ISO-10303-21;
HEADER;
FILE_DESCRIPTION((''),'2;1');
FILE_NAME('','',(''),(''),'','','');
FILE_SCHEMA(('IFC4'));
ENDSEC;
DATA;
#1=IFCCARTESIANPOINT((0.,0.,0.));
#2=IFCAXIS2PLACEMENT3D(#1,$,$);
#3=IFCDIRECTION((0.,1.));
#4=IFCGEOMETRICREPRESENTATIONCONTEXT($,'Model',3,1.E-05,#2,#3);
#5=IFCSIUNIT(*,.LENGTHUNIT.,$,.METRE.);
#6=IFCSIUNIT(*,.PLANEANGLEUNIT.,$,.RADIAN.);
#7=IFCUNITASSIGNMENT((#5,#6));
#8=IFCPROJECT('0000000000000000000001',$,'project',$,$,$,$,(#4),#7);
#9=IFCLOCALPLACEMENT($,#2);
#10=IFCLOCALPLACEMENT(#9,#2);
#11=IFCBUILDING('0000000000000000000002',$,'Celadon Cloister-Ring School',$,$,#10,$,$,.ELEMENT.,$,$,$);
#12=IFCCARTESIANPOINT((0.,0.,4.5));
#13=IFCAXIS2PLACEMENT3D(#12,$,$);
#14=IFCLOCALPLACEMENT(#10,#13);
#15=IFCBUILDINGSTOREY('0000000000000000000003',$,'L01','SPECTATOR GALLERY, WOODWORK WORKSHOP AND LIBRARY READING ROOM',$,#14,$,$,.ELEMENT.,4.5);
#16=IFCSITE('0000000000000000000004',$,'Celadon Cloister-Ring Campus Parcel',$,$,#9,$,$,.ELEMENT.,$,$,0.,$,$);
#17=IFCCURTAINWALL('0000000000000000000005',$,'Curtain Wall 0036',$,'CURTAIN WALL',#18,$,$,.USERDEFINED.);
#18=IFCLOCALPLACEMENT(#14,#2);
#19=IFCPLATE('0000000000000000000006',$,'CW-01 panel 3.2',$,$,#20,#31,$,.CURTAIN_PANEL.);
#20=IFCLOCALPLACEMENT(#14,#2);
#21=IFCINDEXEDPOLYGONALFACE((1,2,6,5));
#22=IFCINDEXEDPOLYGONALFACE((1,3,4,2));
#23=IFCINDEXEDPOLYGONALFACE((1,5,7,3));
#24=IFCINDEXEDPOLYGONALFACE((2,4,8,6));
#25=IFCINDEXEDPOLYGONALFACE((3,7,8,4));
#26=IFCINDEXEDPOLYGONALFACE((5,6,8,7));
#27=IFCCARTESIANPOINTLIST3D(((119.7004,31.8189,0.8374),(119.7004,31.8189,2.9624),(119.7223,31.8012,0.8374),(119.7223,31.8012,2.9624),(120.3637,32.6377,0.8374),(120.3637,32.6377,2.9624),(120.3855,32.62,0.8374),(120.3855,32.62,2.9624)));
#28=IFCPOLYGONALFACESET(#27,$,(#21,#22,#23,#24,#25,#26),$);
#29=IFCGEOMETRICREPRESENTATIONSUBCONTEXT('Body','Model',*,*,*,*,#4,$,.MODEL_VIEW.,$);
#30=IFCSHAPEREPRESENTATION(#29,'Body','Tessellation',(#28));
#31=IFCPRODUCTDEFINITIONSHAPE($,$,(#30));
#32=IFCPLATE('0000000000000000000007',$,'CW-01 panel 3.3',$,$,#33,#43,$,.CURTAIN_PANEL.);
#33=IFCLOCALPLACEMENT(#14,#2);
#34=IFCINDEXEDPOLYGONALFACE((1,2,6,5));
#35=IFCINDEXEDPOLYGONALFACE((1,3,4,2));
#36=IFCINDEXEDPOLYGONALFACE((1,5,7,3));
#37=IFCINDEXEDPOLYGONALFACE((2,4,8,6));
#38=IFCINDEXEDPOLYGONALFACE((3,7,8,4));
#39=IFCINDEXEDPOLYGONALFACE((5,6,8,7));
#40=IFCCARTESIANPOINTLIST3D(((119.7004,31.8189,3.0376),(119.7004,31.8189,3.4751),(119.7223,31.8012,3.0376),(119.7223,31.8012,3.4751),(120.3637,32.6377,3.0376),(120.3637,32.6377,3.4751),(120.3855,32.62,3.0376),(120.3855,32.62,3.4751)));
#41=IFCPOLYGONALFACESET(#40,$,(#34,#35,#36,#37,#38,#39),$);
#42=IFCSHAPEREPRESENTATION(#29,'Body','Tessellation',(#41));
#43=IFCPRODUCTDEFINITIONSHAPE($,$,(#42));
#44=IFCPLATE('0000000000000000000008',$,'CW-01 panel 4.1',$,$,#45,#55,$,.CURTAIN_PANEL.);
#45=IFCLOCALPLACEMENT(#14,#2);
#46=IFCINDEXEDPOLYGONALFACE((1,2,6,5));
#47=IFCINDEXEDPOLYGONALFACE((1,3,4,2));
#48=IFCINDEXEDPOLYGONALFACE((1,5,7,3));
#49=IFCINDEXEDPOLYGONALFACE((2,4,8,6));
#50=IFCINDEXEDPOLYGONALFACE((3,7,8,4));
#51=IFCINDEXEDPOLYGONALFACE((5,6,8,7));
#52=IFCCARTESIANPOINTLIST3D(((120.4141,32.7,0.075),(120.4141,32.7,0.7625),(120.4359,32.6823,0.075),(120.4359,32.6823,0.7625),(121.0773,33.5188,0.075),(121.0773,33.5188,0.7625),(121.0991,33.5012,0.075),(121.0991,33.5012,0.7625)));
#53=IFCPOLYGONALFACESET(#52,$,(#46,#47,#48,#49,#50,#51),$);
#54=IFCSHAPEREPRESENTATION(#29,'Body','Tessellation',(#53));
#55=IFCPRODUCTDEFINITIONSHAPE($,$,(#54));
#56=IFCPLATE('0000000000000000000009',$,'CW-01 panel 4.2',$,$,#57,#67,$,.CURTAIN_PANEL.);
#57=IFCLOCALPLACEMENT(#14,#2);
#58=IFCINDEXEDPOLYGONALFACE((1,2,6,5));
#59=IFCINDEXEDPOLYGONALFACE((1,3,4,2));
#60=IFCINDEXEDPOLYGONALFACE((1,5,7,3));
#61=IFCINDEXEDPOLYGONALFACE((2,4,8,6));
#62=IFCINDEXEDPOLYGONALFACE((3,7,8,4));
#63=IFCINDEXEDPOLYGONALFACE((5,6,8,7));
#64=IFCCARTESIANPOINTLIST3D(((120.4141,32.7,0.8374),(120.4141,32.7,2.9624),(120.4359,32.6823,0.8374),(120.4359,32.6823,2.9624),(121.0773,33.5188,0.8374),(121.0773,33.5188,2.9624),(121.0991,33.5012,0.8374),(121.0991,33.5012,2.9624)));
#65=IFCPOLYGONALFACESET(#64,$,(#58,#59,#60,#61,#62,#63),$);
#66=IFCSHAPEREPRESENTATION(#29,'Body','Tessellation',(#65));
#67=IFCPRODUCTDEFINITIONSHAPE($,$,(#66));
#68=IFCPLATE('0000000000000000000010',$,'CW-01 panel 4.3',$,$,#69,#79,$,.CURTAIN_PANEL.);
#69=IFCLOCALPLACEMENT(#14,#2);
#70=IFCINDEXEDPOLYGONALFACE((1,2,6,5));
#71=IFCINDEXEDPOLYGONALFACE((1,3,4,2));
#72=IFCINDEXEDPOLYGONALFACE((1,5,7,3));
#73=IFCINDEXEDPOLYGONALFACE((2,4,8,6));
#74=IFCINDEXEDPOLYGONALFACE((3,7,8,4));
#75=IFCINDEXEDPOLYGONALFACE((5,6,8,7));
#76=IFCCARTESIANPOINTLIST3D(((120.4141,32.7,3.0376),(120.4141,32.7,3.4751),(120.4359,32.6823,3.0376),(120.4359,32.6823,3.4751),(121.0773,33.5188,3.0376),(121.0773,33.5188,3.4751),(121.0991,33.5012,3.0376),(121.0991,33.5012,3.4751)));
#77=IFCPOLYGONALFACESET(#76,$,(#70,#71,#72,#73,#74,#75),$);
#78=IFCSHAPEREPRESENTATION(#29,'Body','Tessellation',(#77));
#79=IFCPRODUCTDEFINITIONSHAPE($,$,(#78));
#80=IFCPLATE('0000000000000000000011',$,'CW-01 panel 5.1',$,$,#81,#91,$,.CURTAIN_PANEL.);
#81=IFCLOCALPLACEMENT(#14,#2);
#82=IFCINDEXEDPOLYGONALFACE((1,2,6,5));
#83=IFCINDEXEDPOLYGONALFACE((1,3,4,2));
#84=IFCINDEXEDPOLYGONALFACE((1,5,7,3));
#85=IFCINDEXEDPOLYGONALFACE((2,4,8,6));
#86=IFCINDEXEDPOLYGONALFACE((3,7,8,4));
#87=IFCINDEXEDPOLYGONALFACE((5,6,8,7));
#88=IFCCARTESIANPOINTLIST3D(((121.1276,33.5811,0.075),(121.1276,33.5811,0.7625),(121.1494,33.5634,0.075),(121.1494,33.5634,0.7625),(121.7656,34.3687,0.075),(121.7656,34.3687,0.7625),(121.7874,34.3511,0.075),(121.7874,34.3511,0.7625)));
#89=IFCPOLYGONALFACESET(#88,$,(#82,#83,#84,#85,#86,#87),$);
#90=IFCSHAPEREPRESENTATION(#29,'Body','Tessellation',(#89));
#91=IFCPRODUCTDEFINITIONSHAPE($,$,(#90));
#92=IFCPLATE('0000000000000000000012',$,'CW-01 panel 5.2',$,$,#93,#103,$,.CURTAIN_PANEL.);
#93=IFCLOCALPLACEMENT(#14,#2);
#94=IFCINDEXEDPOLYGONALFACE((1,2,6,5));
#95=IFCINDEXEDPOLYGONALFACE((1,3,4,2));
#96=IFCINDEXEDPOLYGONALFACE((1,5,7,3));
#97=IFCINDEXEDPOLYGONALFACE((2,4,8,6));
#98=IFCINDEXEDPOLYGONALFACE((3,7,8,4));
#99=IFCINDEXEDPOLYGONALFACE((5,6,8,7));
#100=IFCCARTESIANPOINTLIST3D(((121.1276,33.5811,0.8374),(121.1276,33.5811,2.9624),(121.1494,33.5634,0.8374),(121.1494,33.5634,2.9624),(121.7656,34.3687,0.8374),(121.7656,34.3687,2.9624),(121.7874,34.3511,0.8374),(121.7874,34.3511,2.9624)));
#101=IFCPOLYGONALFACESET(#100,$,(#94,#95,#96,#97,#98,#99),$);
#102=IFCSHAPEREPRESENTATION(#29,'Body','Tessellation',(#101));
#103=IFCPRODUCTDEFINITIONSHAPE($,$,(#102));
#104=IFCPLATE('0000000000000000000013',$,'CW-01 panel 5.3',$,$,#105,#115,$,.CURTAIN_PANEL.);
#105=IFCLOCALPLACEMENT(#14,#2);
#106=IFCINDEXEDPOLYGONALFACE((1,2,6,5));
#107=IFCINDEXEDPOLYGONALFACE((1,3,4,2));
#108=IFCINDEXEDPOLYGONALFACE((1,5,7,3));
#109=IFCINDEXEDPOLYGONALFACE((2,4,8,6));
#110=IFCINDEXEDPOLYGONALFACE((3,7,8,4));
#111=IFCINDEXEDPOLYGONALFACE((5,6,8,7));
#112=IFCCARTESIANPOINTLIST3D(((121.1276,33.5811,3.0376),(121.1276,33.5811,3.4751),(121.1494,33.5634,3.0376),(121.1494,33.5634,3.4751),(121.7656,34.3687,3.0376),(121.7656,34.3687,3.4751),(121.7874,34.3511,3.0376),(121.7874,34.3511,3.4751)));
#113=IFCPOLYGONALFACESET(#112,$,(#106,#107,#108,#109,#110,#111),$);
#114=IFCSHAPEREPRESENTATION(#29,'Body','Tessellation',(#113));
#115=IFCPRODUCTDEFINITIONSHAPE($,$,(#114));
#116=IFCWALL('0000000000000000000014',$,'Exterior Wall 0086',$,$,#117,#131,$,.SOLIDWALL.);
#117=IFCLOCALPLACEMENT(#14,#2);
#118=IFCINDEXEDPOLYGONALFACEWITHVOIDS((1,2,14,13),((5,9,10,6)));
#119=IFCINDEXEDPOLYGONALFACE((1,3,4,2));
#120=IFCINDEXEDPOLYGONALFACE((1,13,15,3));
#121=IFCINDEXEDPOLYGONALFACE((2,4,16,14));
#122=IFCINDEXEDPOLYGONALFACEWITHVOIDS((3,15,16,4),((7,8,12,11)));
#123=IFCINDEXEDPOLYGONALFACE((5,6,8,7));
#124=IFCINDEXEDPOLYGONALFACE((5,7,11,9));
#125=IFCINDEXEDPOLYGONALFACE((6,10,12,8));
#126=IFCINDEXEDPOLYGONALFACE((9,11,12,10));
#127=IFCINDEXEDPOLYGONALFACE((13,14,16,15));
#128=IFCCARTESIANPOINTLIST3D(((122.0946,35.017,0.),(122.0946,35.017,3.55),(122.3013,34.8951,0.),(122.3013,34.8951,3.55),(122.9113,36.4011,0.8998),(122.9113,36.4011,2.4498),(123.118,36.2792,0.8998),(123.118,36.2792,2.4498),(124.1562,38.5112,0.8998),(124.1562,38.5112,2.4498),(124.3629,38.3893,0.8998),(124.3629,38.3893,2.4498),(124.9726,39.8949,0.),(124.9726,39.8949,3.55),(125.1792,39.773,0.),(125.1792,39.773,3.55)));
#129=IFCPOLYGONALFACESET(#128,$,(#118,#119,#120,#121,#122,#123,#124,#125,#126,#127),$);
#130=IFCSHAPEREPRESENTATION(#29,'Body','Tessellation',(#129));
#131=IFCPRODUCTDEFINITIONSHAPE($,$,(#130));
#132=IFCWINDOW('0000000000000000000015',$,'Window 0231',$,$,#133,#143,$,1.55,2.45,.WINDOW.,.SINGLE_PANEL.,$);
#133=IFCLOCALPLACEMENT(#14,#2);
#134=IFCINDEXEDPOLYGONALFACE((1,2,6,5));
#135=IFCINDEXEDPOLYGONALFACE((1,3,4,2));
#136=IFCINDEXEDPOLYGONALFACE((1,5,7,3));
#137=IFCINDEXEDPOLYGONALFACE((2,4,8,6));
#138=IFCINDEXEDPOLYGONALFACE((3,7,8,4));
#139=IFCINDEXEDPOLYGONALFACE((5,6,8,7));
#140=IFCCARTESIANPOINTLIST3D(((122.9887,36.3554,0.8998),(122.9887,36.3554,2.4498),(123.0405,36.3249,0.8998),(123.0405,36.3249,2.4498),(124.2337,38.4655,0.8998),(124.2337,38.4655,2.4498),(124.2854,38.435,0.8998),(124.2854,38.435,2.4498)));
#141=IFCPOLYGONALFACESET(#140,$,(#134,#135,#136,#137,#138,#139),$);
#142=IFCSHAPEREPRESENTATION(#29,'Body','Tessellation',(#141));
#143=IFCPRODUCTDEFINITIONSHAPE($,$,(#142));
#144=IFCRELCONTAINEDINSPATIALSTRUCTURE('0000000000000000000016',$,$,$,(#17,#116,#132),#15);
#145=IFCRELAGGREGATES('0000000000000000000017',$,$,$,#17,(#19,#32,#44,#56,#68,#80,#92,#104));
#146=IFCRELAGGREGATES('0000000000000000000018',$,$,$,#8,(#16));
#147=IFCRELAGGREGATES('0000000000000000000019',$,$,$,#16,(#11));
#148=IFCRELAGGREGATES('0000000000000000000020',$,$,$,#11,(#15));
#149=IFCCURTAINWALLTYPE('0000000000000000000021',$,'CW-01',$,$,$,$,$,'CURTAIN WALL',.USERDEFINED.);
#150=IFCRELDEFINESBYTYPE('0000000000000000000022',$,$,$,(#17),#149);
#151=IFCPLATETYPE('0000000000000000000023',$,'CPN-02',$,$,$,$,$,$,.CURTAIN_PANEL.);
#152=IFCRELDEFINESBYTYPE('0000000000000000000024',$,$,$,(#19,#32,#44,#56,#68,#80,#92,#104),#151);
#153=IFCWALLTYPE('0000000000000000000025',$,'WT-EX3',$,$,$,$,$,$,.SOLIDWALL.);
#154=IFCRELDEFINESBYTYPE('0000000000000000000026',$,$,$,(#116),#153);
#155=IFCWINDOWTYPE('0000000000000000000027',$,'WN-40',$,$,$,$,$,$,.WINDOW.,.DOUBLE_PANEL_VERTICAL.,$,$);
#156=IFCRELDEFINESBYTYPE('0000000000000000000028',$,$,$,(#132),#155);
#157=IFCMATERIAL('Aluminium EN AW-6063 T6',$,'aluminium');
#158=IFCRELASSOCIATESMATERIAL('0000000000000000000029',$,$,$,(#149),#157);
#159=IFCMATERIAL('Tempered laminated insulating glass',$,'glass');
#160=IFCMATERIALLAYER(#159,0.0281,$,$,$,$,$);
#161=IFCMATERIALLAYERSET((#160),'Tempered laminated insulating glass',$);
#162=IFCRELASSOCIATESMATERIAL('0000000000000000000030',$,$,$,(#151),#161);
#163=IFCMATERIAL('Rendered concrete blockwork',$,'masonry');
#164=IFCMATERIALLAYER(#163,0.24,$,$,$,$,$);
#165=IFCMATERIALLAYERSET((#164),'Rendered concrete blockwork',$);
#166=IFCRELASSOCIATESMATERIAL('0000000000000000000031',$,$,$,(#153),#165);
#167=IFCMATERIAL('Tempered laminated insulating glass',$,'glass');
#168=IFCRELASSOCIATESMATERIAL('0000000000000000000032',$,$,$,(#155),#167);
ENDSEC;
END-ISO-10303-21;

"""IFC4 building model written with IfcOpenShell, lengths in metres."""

from ifc_helpers import new_model, si_unit, direction, frame, frame_2d, origin, origin_2d, place, context, subcontext, project, spatial, rectangle, extrude, material, layer, layer_set, type_object, element, fill, aggregate, save


model = new_model("IFC4")

# Units and contexts
model_context = context("Model", 3, precision=1e-05, world=origin(), true_north=direction((0.0, 1.0)))
body_context = subcontext(model_context, "Body", "Model", "MODEL_VIEW")
ifc_project = project(units=[si_unit("LENGTHUNIT", "METRE"), si_unit("PLANEANGLEUNIT", "RADIAN")], contexts=[model_context])

# Site, building, storey
site_placement = place(None, origin())
site = spatial("IfcSite", under=ifc_project, at=site_placement, Name="Celadon Cloister-Ring Campus Parcel", CompositionType="ELEMENT", RefElevation=0.0)
building_placement = place(site_placement, origin())
building = spatial("IfcBuilding", under=site, at=building_placement, Name="Celadon Cloister-Ring School", CompositionType="ELEMENT")
storey_placement = place(building_placement, frame((0.0, 0.0, 4.5)))
storey = spatial("IfcBuildingStorey", under=building, at=storey_placement, Name="L01", Description="SPECTATOR GALLERY, WOODWORK WORKSHOP AND LIBRARY READING ROOM", CompositionType="ELEMENT", Elevation=4.5)

# Curtain wall
ifc_material_1 = material(Name="Aluminium EN AW-6063 T6", Category="aluminium")
curtain_wall_type = type_object("IfcCurtainWallType", Name="CW-01", ElementType="CURTAIN WALL", PredefinedType="USERDEFINED", material=ifc_material_1)
curtain_wall_placement = place(storey_placement, origin())
curtain_wall = element("IfcCurtainWall", 1, at=curtain_wall_placement, inside=storey, type_object=curtain_wall_type, Name="Curtain Wall 0036", ObjectType="CURTAIN WALL", PredefinedType="USERDEFINED")

# Plates
ifc_material_2 = material(Name="Tempered laminated insulating glass", Category="glass")
ifc_layer_1 = layer(ifc_material_2, 0.0281)
ifc_layer_set_1 = layer_set([ifc_layer_1], Name="Tempered laminated insulating glass")
plate_type = type_object("IfcPlateType", Name="CPN-02", PredefinedType="CURTAIN_PANEL", material=ifc_layer_set_1)
plate_1_placement = place(storey_placement, frame((120.043, 32.2195, 0.8374), z_axis=(0.0, 0.0, 1.0), x_axis=(0.629416, 0.777068, 0.0)))
plate_1 = element("IfcPlate", 2, at=plate_1_placement, type_object=plate_type, Name="CW-01 panel 3.2", PredefinedType="CURTAIN_PANEL", context=body_context, shape_type="SweptSolid", body=[
    extrude(rectangle(XDim=1.0537, YDim=0.0281, at=origin_2d()), origin(), (0.0, 0.0, 1.0), 2.125),
])
plate_2_placement = place(storey_placement, frame((120.043, 32.2195, 3.0376), z_axis=(0.0, 0.0, 1.0), x_axis=(0.629416, 0.777068, 0.0)))
plate_2 = element("IfcPlate", 3, at=plate_2_placement, type_object=plate_type, Name="CW-01 panel 3.3", PredefinedType="CURTAIN_PANEL", context=body_context, shape_type="SweptSolid", body=[
    extrude(rectangle(XDim=1.0537, YDim=0.0281, at=origin_2d()), origin(), (0.0, 0.0, 1.0), 0.4375),
])
plate_3_placement = place(storey_placement, frame((120.7566, 33.1006, 0.075), z_axis=(0.0, 0.0, 1.0), x_axis=(0.629416, 0.777068, 0.0)))
plate_3 = element("IfcPlate", 4, at=plate_3_placement, type_object=plate_type, Name="CW-01 panel 4.1", PredefinedType="CURTAIN_PANEL", context=body_context, shape_type="SweptSolid", body=[
    extrude(rectangle(XDim=1.0537, YDim=0.0281, at=origin_2d()), origin(), (0.0, 0.0, 1.0), 0.6875),
])
plate_4_placement = place(storey_placement, frame((120.7566, 33.1006, 0.8374), z_axis=(0.0, 0.0, 1.0), x_axis=(0.629416, 0.777068, 0.0)))
plate_4 = element("IfcPlate", 5, at=plate_4_placement, type_object=plate_type, Name="CW-01 panel 4.2", PredefinedType="CURTAIN_PANEL", context=body_context, shape_type="SweptSolid", body=[
    extrude(rectangle(XDim=1.0537, YDim=0.0281, at=origin_2d()), origin(), (0.0, 0.0, 1.0), 2.125),
])
plate_5_placement = place(storey_placement, frame((120.7566, 33.1006, 3.0376), z_axis=(0.0, 0.0, 1.0), x_axis=(0.629416, 0.777068, 0.0)))
plate_5 = element("IfcPlate", 6, at=plate_5_placement, type_object=plate_type, Name="CW-01 panel 4.3", PredefinedType="CURTAIN_PANEL", context=body_context, shape_type="SweptSolid", body=[
    extrude(rectangle(XDim=1.0537, YDim=0.0281, at=origin_2d()), origin(), (0.0, 0.0, 1.0), 0.4375),
])
plate_6_placement = place(storey_placement, frame((121.4575, 33.9661, 0.075), z_axis=(0.0, 0.0, 1.0), x_axis=(0.629416, 0.777068, 0.0)))
plate_6 = element("IfcPlate", 7, at=plate_6_placement, type_object=plate_type, Name="CW-01 panel 5.1", PredefinedType="CURTAIN_PANEL", context=body_context, shape_type="SweptSolid", body=[
    extrude(rectangle(XDim=1.0137, YDim=0.0281, at=origin_2d()), origin(), (0.0, 0.0, 1.0), 0.6875),
])
plate_7_placement = place(storey_placement, frame((121.4575, 33.9661, 0.8374), z_axis=(0.0, 0.0, 1.0), x_axis=(0.629416, 0.777068, 0.0)))
plate_7 = element("IfcPlate", 8, at=plate_7_placement, type_object=plate_type, Name="CW-01 panel 5.2", PredefinedType="CURTAIN_PANEL", context=body_context, shape_type="SweptSolid", body=[
    extrude(rectangle(XDim=1.0137, YDim=0.0281, at=origin_2d()), origin(), (0.0, 0.0, 1.0), 2.125),
])
plate_8_placement = place(storey_placement, frame((121.4575, 33.9661, 3.0376), z_axis=(0.0, 0.0, 1.0), x_axis=(0.629416, 0.777068, 0.0)))
plate_8 = element("IfcPlate", 9, at=plate_8_placement, type_object=plate_type, Name="CW-01 panel 5.3", PredefinedType="CURTAIN_PANEL", context=body_context, shape_type="SweptSolid", body=[
    extrude(rectangle(XDim=1.0137, YDim=0.0281, at=origin_2d()), origin(), (0.0, 0.0, 1.0), 0.4375),
])
aggregate(curtain_wall, [plate_1, plate_2, plate_3, plate_4, plate_5, plate_6, plate_7, plate_8])

# Wall, opening, window
ifc_material_3 = material(Name="Rendered concrete blockwork", Category="masonry")
ifc_layer_2 = layer(ifc_material_3, 0.24)
ifc_layer_set_2 = layer_set([ifc_layer_2], Name="Rendered concrete blockwork")
wall_type = type_object("IfcWallType", Name="WT-EX3", PredefinedType="SOLIDWALL", material=ifc_layer_set_2)
wall_placement = place(storey_placement, frame((122.198, 34.9561, 0.0), z_axis=(0.0, 0.0, 1.0), x_axis=(0.508142, 0.861273, 0.0)))
wall = element("IfcWall", 10, at=wall_placement, inside=storey, type_object=wall_type, Name="Exterior Wall 0086", PredefinedType="SOLIDWALL", context=body_context, shape_type="SweptSolid", body=[
    extrude(rectangle(XDim=5.6636, YDim=0.24, at=frame_2d((2.8318, 0.0))), origin(), (0.0, 0.0, 1.0), 3.55),
])
opening_placement = place(wall_placement, frame((1.6069, 0.0, 0.8999)))
opening = element("IfcOpeningElement", 11, at=opening_placement, cuts=wall, PredefinedType="OPENING", context=body_context, shape_type="SweptSolid", body=[
    extrude(rectangle(XDim=2.45, YDim=1.55, at=frame_2d((1.2251, 0.7749))), frame((0.0, 0.1299, 0.0), z_axis=(0.0, -1.0, 0.0), x_axis=(1.0, 0.0, 0.0)), (0.0, 0.0, 1.0), 0.26),
])
ifc_material_4 = material(Name="Tempered laminated insulating glass", Category="glass")
window_type = type_object("IfcWindowType", Name="WN-40", PartitioningType="DOUBLE_PANEL_VERTICAL", PredefinedType="WINDOW", material=ifc_material_4)
window_placement = place(opening_placement, origin())
window = element("IfcWindow", 12, at=window_placement, inside=storey, type_object=window_type, Name="Window 0231", OverallHeight=1.55, OverallWidth=2.45, PartitioningType="SINGLE_PANEL", PredefinedType="WINDOW", context=body_context, shape_type="SweptSolid", body=[
    extrude(rectangle(XDim=2.45, YDim=1.55, at=frame_2d((1.2251, 0.7749))), frame((0.0, 0.03, 0.0), z_axis=(0.0, -1.0, 0.0), x_axis=(1.0, 0.0, 0.0)), (0.0, 0.0, 1.0), 0.0601),
])
fill(opening, window)

save(model, "model.ifc")
